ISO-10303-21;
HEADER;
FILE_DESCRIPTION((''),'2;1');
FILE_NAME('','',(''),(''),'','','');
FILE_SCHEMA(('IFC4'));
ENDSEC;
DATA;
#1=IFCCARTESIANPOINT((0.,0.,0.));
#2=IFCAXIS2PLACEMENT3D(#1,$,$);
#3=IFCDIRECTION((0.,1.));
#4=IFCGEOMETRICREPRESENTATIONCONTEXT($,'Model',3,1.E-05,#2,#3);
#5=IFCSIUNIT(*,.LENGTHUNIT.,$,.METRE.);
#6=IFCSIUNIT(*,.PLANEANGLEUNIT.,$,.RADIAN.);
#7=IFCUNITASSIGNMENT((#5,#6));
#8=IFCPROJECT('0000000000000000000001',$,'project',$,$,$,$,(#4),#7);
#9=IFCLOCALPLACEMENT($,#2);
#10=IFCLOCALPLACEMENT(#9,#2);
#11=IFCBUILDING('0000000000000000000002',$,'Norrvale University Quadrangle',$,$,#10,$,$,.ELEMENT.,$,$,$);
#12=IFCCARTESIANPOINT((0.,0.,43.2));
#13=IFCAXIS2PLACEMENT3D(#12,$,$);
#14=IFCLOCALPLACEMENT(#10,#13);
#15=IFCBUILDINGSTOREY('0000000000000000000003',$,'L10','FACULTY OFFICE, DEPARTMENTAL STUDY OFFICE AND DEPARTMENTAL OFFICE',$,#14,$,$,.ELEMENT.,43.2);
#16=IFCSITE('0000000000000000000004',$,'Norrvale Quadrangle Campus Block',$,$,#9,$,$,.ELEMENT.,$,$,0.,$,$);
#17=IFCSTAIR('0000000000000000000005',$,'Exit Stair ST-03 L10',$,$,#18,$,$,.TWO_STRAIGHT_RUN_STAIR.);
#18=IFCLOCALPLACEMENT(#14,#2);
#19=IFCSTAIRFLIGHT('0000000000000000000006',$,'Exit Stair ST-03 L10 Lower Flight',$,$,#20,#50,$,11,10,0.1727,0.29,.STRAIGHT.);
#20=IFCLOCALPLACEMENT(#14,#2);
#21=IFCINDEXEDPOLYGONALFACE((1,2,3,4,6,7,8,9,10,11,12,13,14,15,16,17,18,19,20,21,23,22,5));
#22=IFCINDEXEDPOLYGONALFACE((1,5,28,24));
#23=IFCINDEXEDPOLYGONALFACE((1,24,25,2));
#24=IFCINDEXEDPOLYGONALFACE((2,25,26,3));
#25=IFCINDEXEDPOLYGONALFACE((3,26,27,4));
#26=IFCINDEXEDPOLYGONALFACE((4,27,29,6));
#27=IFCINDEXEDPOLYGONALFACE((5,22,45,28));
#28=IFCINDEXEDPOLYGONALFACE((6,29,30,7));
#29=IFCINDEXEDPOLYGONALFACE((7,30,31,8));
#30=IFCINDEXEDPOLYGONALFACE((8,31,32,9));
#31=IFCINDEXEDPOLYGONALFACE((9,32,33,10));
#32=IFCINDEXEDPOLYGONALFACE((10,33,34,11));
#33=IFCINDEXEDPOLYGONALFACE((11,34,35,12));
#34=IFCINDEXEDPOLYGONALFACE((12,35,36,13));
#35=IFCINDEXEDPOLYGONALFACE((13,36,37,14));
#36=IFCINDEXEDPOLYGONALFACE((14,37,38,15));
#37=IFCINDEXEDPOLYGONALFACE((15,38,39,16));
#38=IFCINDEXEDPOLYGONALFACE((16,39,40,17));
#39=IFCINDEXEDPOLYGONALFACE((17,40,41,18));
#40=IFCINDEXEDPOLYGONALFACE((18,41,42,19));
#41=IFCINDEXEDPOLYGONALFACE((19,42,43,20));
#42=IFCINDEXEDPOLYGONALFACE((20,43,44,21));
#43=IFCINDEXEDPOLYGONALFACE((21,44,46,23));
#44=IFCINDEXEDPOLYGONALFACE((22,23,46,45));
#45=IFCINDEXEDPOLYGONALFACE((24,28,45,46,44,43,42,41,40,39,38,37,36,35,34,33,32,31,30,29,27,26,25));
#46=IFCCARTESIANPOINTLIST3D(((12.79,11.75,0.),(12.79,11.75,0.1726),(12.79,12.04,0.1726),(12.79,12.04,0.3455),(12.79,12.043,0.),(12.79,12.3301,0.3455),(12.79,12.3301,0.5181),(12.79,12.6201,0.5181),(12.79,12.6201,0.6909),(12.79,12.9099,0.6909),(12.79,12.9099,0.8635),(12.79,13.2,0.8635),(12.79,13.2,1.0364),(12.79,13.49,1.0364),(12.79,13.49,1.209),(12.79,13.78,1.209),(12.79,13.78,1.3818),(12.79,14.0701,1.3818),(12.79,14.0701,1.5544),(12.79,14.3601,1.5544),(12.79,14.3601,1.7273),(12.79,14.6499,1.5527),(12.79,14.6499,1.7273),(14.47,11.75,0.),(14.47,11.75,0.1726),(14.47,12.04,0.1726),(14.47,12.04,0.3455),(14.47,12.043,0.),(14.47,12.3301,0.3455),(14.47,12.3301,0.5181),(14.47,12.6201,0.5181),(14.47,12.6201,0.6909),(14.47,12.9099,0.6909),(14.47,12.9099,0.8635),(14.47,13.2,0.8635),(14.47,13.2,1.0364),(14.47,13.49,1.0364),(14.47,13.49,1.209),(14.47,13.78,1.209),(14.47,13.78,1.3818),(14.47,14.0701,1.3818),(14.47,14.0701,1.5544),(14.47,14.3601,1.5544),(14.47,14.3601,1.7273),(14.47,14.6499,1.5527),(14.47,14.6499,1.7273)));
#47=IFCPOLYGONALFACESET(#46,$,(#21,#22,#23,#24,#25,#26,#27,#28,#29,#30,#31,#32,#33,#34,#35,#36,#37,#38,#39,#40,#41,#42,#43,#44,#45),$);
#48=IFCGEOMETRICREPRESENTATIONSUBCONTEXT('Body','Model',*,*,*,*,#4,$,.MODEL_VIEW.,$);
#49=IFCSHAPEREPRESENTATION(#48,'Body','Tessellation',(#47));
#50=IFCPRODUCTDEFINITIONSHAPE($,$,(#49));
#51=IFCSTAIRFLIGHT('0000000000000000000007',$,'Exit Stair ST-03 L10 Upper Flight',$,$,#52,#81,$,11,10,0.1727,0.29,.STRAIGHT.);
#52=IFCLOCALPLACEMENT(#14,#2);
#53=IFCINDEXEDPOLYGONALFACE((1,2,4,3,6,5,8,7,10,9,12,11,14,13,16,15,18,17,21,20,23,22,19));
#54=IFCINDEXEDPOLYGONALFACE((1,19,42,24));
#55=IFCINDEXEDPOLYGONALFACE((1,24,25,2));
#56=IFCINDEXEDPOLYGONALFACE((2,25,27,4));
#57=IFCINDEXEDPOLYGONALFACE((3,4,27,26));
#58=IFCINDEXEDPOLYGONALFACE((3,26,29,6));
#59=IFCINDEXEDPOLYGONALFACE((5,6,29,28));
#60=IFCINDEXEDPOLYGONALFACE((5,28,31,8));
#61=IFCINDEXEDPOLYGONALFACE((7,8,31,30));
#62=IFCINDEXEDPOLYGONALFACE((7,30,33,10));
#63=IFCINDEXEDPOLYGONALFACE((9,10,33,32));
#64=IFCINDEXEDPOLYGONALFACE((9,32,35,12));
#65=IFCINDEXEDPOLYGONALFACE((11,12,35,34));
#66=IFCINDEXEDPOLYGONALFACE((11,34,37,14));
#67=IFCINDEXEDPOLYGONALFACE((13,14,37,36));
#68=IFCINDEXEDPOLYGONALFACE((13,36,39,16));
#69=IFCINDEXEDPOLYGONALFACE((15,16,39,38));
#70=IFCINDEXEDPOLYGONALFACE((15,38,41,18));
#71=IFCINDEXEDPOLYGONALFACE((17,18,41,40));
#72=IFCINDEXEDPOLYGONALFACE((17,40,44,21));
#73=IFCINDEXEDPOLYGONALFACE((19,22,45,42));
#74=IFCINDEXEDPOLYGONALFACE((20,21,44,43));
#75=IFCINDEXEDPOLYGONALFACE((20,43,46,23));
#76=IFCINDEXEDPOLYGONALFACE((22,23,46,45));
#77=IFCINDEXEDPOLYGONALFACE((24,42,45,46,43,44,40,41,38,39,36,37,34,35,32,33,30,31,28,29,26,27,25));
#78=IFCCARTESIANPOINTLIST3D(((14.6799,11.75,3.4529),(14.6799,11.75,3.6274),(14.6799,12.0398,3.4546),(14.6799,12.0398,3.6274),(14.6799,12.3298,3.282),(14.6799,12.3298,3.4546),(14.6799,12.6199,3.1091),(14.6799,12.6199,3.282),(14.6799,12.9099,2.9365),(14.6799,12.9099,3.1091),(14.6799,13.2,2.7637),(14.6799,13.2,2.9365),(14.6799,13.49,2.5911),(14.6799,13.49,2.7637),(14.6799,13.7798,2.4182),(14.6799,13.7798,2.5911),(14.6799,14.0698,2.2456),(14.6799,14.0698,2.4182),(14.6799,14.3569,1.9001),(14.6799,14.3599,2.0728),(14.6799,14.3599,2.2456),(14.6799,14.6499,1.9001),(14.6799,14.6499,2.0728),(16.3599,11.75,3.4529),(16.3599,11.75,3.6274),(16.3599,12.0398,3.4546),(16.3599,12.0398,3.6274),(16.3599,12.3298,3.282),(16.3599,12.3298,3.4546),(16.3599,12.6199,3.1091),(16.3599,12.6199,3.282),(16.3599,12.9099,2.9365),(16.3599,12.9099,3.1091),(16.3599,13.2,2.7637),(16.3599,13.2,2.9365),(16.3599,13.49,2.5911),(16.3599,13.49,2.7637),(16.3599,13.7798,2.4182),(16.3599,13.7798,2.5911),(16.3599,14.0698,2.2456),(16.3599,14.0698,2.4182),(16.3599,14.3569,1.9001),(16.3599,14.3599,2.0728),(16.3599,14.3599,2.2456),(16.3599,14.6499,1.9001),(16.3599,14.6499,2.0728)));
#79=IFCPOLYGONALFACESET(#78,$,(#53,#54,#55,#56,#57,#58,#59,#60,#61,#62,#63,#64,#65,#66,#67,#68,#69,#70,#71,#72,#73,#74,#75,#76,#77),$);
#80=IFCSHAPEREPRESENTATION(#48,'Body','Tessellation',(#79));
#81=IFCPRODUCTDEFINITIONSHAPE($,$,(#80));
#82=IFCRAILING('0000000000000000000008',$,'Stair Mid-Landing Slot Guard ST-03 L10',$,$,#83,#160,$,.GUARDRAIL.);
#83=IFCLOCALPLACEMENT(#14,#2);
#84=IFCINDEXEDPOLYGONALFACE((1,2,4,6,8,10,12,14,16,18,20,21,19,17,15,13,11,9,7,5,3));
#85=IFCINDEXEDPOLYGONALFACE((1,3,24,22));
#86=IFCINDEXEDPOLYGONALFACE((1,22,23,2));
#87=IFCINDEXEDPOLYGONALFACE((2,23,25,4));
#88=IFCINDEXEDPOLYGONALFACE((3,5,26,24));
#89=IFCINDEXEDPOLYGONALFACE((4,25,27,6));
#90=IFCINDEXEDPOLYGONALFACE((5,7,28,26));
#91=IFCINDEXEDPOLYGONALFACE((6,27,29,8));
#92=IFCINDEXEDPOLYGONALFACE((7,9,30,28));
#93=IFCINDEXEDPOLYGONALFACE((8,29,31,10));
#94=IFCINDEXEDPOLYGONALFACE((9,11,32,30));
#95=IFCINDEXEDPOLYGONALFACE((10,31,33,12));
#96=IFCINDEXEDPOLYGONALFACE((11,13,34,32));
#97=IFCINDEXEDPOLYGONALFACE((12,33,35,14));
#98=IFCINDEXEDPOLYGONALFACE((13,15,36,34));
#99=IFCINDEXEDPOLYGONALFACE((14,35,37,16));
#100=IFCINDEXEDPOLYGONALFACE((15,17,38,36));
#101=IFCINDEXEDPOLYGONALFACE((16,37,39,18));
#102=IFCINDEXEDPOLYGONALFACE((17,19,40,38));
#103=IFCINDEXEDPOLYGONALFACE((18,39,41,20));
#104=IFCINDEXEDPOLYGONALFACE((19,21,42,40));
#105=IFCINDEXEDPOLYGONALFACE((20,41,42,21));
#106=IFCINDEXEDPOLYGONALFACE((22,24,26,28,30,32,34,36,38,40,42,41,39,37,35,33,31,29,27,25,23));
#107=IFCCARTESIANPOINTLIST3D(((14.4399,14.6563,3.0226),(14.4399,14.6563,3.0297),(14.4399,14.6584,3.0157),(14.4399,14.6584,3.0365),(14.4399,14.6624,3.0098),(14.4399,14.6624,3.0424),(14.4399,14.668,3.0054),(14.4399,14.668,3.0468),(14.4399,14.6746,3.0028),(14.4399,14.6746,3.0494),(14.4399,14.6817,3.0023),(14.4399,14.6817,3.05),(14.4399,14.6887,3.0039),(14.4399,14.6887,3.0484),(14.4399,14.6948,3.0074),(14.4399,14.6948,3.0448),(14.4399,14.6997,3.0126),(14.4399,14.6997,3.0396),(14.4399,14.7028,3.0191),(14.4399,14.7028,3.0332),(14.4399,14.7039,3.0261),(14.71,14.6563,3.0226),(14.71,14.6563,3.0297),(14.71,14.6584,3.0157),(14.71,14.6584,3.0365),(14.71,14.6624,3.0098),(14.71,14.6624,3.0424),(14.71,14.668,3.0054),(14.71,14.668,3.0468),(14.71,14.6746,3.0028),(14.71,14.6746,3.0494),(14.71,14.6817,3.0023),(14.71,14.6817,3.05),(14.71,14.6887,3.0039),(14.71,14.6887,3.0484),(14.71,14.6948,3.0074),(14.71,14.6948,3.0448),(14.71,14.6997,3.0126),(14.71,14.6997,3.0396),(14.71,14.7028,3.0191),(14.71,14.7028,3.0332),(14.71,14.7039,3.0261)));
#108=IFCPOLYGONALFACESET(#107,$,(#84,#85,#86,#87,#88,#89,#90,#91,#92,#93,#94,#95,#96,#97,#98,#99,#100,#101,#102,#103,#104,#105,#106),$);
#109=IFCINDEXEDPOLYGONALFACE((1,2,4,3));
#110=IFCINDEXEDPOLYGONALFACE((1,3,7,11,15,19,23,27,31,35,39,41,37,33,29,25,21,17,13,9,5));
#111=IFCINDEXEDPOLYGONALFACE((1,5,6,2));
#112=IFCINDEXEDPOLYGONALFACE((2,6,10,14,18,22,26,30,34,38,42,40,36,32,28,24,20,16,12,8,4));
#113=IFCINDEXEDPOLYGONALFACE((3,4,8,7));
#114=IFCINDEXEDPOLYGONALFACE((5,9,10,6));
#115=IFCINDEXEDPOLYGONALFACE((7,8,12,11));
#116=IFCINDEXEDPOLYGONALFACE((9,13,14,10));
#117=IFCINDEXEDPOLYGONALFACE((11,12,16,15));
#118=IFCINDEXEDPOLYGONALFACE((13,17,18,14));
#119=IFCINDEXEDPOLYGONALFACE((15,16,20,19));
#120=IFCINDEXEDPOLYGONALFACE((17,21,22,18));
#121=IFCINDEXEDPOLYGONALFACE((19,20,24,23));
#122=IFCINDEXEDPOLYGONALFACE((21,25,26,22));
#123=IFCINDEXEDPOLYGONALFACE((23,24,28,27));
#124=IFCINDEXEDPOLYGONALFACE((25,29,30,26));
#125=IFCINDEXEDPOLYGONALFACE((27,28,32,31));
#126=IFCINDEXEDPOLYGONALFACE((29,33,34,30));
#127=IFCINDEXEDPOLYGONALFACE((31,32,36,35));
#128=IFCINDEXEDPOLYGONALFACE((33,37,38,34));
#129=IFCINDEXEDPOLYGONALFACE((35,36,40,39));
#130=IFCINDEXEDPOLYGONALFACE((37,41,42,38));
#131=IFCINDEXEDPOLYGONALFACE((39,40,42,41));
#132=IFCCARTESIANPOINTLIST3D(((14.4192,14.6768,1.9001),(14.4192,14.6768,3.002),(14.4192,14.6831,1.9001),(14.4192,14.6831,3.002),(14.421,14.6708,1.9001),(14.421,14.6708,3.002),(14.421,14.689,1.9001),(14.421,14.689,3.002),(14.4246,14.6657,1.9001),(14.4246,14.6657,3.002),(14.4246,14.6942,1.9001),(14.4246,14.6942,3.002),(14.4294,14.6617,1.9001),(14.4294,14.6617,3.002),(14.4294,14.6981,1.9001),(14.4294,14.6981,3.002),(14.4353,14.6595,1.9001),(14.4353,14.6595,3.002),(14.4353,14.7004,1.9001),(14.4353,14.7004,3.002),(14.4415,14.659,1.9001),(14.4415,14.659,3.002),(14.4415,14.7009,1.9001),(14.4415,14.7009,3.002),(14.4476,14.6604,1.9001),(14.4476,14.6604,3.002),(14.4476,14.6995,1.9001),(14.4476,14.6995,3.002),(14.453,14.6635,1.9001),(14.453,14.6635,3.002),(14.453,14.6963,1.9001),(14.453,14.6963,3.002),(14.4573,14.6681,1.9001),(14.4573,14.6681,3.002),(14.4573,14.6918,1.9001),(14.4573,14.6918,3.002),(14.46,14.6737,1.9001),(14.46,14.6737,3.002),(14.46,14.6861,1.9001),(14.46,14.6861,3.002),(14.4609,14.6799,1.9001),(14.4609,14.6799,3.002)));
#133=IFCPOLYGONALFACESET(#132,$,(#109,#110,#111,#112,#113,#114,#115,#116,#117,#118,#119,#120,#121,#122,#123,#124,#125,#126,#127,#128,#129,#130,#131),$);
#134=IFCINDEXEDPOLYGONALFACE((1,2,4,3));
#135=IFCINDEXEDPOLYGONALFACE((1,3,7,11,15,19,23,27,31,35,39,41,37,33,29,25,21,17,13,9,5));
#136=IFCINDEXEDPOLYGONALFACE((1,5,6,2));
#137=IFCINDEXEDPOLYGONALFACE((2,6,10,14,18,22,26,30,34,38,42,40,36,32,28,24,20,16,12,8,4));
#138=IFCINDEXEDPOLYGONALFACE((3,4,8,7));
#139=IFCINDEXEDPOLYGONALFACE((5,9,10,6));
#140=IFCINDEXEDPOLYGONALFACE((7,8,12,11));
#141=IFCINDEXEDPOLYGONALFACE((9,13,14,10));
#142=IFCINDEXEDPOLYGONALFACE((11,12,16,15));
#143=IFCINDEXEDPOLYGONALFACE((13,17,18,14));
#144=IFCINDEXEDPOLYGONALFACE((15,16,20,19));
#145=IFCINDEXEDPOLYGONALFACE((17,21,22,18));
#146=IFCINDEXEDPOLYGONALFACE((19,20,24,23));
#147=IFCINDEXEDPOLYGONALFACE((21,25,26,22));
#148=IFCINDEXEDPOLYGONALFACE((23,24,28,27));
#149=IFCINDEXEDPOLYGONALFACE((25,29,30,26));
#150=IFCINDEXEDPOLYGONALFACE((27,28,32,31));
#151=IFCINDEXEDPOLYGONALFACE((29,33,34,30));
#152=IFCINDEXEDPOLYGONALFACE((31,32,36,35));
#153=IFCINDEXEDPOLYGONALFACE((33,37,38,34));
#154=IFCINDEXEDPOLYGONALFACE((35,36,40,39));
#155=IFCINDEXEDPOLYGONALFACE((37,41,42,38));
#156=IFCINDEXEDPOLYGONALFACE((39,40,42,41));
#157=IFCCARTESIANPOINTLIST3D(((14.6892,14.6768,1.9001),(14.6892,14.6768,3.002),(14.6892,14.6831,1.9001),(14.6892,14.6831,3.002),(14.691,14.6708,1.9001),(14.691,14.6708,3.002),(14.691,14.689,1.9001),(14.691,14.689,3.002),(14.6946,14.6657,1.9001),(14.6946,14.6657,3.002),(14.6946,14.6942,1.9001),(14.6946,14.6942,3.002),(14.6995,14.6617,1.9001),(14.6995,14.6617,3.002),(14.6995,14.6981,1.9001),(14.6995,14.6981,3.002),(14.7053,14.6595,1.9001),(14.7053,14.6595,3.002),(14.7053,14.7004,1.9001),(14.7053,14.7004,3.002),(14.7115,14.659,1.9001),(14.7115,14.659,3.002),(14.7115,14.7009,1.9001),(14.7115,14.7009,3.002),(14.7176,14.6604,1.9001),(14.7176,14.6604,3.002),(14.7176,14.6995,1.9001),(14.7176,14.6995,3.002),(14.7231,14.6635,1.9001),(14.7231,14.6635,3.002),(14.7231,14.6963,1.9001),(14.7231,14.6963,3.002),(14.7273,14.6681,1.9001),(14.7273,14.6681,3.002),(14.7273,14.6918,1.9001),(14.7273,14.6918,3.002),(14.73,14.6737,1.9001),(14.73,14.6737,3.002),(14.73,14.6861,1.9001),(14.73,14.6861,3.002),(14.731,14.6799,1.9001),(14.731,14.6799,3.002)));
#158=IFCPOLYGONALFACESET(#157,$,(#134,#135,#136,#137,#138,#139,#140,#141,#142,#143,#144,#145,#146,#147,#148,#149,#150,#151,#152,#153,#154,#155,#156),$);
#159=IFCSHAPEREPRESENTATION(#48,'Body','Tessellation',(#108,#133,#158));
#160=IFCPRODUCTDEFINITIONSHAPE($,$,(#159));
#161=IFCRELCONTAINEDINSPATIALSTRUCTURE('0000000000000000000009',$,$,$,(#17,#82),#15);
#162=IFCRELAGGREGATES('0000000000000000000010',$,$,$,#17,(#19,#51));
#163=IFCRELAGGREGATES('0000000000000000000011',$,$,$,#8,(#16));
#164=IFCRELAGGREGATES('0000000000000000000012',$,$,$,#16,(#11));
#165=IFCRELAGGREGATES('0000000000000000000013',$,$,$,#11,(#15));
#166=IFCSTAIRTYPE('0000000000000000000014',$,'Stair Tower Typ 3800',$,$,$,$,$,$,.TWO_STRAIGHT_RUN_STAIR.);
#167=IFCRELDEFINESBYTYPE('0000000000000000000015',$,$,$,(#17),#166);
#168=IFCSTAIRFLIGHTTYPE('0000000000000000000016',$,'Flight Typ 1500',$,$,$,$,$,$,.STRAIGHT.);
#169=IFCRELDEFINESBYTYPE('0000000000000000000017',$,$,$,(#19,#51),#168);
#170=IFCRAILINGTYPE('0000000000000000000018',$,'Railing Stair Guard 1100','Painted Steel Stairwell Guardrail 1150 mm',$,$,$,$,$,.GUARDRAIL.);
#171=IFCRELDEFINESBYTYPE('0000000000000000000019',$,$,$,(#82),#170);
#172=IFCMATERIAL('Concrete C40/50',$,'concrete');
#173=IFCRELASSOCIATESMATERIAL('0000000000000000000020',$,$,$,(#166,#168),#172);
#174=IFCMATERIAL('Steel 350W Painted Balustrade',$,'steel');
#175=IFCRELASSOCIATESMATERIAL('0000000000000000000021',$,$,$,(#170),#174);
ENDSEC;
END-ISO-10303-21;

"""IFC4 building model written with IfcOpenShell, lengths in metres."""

from ifc_helpers import new_model, si_unit, direction, frame, origin, origin_2d, place, context, subcontext, project, spatial, polyline, circle, outline, extrude, material, type_object, element, aggregate, save


model = new_model("IFC4")

# Units and contexts
model_context = context("Model", 3, precision=1e-05, world=origin(), true_north=direction((0.0, 1.0)))
body_context = subcontext(model_context, "Body", "Model", "MODEL_VIEW")
ifc_project = project(units=[si_unit("LENGTHUNIT", "METRE"), si_unit("PLANEANGLEUNIT", "RADIAN")], contexts=[model_context])

# Site, building, storey
site_placement = place(None, origin())
site = spatial("IfcSite", under=ifc_project, at=site_placement, Name="Norrvale Quadrangle Campus Block", CompositionType="ELEMENT", RefElevation=0.0)
building_placement = place(site_placement, origin())
building = spatial("IfcBuilding", under=site, at=building_placement, Name="Norrvale University Quadrangle", CompositionType="ELEMENT")
storey_placement = place(building_placement, frame((0.0, 0.0, 43.2)))
storey = spatial("IfcBuildingStorey", under=building, at=storey_placement, Name="L10", Description="FACULTY OFFICE, DEPARTMENTAL STUDY OFFICE AND DEPARTMENTAL OFFICE", CompositionType="ELEMENT", Elevation=43.2)

# Stair, stair flights
ifc_material_1 = material(Name="Concrete C40/50", Category="concrete")
stair_type = type_object("IfcStairType", Name="Stair Tower Typ 3800", PredefinedType="TWO_STRAIGHT_RUN_STAIR", material=ifc_material_1)
stair_placement = place(storey_placement, origin())
stair = element("IfcStair", 1, at=stair_placement, inside=storey, type_object=stair_type, Name="Exit Stair ST-03 L10", PredefinedType="TWO_STRAIGHT_RUN_STAIR")
stair_flight_type = type_object("IfcStairFlightType", Name="Flight Typ 1500", PredefinedType="STRAIGHT", material=ifc_material_1)
stair_flight_1_placement = place(storey_placement, frame((13.6299, 11.75, 0.0), z_axis=(0.0, 0.0, 1.0), x_axis=(0.0, 1.0, 0.0)))
stair_flight_1 = element("IfcStairFlight", 2, at=stair_flight_1_placement, type_object=stair_flight_type, Name="Exit Stair ST-03 L10 Lower Flight", NumberOfRisers=11, NumberOfTreads=10, PredefinedType="STRAIGHT", RiserHeight=0.1727, TreadLength=0.29, context=body_context, shape_type="SweptSolid", body=[
    extrude(outline(polyline([(0.0, 0.0), (0.0, 0.1726), (0.29, 0.1726), (0.29, 0.3455), (0.5801, 0.3455), (0.5801, 0.5181), (0.8701, 0.5181), (0.8701, 0.6909), (1.1599, 0.6909), (1.1599, 0.8635), (1.45, 0.8635), (1.45, 1.0364), (1.74, 1.0364), (1.74, 1.209), (2.03, 1.209), (2.03, 1.3818), (2.3201, 1.3818), (2.3201, 1.5544), (2.6101, 1.5544), (2.6101, 1.7273), (2.8999, 1.7273), (2.8999, 1.8999), (2.8999, 1.5527), (0.293, 0.0), (0.0, 0.0)])), frame((0.0, 0.8398, 0.0), z_axis=(0.0, -1.0, 0.0), x_axis=(1.0, 0.0, 0.0)), (0.0, 0.0, 1.0), 1.6799),
])
stair_flight_2_placement = place(storey_placement, frame((15.52, 14.6499, 1.9001), z_axis=(0.0, 0.0, 1.0), x_axis=(0.0, -1.0, 0.0)))
stair_flight_2 = element("IfcStairFlight", 3, at=stair_flight_2_placement, type_object=stair_flight_type, Name="Exit Stair ST-03 L10 Upper Flight", NumberOfRisers=11, NumberOfTreads=10, PredefinedType="STRAIGHT", RiserHeight=0.1727, TreadLength=0.29, context=body_context, shape_type="SweptSolid", body=[
    extrude(outline(polyline([(0.0, 0.0), (0.0, 0.1726), (0.29, 0.1726), (0.29, 0.3455), (0.5801, 0.3455), (0.5801, 0.5181), (0.8701, 0.5181), (0.8701, 0.6909), (1.1599, 0.6909), (1.1599, 0.8635), (1.45, 0.8635), (1.45, 1.0364), (1.74, 1.0364), (1.74, 1.209), (2.03, 1.209), (2.03, 1.3818), (2.3201, 1.3818), (2.3201, 1.5544), (2.6101, 1.5544), (2.6101, 1.7273), (2.8999, 1.7273), (2.8999, 1.8999), (2.8999, 1.5527), (0.293, 0.0), (0.0, 0.0)])), frame((0.0, 0.8398, 0.0), z_axis=(0.0, -1.0, 0.0), x_axis=(1.0, 0.0, 0.0)), (0.0, 0.0, 1.0), 1.6799),
])
aggregate(stair, [stair_flight_1, stair_flight_2])

# Railing
ifc_material_2 = material(Name="Steel 350W Painted Balustrade", Category="steel")
railing_type_1 = type_object("IfcRailingType", Name="Railing Stair Guard 1100", Description="Painted Steel Stairwell Guardrail 1150 mm", PredefinedType="GUARDRAIL", material=ifc_material_2)
railing_1_placement = place(storey_placement, frame((14.4399, 14.6799, 1.9001)))
element("IfcRailing", 4, at=railing_1_placement, inside=storey, type_object=railing_type_1, Name="Stair Mid-Landing Slot Guard ST-03 L10", PredefinedType="GUARDRAIL", context=body_context, shape_type="SweptSolid", body=[
    extrude(circle(Radius=0.0239, at=origin_2d()), frame((0.0, 0.0, 1.126), z_axis=(1.0, 0.0, 0.0), x_axis=(0.0, 1.0, 0.0)), (0.0, 0.0, 1.0), 0.27),
    extrude(circle(Radius=0.021, at=origin_2d()), origin(), (0.0, 0.0, 1.0), 1.1018),
    extrude(circle(Radius=0.021, at=origin_2d()), frame((0.27, 0.0, 0.0)), (0.0, 0.0, 1.0), 1.1018),
])

save(model, "model.ifc")
